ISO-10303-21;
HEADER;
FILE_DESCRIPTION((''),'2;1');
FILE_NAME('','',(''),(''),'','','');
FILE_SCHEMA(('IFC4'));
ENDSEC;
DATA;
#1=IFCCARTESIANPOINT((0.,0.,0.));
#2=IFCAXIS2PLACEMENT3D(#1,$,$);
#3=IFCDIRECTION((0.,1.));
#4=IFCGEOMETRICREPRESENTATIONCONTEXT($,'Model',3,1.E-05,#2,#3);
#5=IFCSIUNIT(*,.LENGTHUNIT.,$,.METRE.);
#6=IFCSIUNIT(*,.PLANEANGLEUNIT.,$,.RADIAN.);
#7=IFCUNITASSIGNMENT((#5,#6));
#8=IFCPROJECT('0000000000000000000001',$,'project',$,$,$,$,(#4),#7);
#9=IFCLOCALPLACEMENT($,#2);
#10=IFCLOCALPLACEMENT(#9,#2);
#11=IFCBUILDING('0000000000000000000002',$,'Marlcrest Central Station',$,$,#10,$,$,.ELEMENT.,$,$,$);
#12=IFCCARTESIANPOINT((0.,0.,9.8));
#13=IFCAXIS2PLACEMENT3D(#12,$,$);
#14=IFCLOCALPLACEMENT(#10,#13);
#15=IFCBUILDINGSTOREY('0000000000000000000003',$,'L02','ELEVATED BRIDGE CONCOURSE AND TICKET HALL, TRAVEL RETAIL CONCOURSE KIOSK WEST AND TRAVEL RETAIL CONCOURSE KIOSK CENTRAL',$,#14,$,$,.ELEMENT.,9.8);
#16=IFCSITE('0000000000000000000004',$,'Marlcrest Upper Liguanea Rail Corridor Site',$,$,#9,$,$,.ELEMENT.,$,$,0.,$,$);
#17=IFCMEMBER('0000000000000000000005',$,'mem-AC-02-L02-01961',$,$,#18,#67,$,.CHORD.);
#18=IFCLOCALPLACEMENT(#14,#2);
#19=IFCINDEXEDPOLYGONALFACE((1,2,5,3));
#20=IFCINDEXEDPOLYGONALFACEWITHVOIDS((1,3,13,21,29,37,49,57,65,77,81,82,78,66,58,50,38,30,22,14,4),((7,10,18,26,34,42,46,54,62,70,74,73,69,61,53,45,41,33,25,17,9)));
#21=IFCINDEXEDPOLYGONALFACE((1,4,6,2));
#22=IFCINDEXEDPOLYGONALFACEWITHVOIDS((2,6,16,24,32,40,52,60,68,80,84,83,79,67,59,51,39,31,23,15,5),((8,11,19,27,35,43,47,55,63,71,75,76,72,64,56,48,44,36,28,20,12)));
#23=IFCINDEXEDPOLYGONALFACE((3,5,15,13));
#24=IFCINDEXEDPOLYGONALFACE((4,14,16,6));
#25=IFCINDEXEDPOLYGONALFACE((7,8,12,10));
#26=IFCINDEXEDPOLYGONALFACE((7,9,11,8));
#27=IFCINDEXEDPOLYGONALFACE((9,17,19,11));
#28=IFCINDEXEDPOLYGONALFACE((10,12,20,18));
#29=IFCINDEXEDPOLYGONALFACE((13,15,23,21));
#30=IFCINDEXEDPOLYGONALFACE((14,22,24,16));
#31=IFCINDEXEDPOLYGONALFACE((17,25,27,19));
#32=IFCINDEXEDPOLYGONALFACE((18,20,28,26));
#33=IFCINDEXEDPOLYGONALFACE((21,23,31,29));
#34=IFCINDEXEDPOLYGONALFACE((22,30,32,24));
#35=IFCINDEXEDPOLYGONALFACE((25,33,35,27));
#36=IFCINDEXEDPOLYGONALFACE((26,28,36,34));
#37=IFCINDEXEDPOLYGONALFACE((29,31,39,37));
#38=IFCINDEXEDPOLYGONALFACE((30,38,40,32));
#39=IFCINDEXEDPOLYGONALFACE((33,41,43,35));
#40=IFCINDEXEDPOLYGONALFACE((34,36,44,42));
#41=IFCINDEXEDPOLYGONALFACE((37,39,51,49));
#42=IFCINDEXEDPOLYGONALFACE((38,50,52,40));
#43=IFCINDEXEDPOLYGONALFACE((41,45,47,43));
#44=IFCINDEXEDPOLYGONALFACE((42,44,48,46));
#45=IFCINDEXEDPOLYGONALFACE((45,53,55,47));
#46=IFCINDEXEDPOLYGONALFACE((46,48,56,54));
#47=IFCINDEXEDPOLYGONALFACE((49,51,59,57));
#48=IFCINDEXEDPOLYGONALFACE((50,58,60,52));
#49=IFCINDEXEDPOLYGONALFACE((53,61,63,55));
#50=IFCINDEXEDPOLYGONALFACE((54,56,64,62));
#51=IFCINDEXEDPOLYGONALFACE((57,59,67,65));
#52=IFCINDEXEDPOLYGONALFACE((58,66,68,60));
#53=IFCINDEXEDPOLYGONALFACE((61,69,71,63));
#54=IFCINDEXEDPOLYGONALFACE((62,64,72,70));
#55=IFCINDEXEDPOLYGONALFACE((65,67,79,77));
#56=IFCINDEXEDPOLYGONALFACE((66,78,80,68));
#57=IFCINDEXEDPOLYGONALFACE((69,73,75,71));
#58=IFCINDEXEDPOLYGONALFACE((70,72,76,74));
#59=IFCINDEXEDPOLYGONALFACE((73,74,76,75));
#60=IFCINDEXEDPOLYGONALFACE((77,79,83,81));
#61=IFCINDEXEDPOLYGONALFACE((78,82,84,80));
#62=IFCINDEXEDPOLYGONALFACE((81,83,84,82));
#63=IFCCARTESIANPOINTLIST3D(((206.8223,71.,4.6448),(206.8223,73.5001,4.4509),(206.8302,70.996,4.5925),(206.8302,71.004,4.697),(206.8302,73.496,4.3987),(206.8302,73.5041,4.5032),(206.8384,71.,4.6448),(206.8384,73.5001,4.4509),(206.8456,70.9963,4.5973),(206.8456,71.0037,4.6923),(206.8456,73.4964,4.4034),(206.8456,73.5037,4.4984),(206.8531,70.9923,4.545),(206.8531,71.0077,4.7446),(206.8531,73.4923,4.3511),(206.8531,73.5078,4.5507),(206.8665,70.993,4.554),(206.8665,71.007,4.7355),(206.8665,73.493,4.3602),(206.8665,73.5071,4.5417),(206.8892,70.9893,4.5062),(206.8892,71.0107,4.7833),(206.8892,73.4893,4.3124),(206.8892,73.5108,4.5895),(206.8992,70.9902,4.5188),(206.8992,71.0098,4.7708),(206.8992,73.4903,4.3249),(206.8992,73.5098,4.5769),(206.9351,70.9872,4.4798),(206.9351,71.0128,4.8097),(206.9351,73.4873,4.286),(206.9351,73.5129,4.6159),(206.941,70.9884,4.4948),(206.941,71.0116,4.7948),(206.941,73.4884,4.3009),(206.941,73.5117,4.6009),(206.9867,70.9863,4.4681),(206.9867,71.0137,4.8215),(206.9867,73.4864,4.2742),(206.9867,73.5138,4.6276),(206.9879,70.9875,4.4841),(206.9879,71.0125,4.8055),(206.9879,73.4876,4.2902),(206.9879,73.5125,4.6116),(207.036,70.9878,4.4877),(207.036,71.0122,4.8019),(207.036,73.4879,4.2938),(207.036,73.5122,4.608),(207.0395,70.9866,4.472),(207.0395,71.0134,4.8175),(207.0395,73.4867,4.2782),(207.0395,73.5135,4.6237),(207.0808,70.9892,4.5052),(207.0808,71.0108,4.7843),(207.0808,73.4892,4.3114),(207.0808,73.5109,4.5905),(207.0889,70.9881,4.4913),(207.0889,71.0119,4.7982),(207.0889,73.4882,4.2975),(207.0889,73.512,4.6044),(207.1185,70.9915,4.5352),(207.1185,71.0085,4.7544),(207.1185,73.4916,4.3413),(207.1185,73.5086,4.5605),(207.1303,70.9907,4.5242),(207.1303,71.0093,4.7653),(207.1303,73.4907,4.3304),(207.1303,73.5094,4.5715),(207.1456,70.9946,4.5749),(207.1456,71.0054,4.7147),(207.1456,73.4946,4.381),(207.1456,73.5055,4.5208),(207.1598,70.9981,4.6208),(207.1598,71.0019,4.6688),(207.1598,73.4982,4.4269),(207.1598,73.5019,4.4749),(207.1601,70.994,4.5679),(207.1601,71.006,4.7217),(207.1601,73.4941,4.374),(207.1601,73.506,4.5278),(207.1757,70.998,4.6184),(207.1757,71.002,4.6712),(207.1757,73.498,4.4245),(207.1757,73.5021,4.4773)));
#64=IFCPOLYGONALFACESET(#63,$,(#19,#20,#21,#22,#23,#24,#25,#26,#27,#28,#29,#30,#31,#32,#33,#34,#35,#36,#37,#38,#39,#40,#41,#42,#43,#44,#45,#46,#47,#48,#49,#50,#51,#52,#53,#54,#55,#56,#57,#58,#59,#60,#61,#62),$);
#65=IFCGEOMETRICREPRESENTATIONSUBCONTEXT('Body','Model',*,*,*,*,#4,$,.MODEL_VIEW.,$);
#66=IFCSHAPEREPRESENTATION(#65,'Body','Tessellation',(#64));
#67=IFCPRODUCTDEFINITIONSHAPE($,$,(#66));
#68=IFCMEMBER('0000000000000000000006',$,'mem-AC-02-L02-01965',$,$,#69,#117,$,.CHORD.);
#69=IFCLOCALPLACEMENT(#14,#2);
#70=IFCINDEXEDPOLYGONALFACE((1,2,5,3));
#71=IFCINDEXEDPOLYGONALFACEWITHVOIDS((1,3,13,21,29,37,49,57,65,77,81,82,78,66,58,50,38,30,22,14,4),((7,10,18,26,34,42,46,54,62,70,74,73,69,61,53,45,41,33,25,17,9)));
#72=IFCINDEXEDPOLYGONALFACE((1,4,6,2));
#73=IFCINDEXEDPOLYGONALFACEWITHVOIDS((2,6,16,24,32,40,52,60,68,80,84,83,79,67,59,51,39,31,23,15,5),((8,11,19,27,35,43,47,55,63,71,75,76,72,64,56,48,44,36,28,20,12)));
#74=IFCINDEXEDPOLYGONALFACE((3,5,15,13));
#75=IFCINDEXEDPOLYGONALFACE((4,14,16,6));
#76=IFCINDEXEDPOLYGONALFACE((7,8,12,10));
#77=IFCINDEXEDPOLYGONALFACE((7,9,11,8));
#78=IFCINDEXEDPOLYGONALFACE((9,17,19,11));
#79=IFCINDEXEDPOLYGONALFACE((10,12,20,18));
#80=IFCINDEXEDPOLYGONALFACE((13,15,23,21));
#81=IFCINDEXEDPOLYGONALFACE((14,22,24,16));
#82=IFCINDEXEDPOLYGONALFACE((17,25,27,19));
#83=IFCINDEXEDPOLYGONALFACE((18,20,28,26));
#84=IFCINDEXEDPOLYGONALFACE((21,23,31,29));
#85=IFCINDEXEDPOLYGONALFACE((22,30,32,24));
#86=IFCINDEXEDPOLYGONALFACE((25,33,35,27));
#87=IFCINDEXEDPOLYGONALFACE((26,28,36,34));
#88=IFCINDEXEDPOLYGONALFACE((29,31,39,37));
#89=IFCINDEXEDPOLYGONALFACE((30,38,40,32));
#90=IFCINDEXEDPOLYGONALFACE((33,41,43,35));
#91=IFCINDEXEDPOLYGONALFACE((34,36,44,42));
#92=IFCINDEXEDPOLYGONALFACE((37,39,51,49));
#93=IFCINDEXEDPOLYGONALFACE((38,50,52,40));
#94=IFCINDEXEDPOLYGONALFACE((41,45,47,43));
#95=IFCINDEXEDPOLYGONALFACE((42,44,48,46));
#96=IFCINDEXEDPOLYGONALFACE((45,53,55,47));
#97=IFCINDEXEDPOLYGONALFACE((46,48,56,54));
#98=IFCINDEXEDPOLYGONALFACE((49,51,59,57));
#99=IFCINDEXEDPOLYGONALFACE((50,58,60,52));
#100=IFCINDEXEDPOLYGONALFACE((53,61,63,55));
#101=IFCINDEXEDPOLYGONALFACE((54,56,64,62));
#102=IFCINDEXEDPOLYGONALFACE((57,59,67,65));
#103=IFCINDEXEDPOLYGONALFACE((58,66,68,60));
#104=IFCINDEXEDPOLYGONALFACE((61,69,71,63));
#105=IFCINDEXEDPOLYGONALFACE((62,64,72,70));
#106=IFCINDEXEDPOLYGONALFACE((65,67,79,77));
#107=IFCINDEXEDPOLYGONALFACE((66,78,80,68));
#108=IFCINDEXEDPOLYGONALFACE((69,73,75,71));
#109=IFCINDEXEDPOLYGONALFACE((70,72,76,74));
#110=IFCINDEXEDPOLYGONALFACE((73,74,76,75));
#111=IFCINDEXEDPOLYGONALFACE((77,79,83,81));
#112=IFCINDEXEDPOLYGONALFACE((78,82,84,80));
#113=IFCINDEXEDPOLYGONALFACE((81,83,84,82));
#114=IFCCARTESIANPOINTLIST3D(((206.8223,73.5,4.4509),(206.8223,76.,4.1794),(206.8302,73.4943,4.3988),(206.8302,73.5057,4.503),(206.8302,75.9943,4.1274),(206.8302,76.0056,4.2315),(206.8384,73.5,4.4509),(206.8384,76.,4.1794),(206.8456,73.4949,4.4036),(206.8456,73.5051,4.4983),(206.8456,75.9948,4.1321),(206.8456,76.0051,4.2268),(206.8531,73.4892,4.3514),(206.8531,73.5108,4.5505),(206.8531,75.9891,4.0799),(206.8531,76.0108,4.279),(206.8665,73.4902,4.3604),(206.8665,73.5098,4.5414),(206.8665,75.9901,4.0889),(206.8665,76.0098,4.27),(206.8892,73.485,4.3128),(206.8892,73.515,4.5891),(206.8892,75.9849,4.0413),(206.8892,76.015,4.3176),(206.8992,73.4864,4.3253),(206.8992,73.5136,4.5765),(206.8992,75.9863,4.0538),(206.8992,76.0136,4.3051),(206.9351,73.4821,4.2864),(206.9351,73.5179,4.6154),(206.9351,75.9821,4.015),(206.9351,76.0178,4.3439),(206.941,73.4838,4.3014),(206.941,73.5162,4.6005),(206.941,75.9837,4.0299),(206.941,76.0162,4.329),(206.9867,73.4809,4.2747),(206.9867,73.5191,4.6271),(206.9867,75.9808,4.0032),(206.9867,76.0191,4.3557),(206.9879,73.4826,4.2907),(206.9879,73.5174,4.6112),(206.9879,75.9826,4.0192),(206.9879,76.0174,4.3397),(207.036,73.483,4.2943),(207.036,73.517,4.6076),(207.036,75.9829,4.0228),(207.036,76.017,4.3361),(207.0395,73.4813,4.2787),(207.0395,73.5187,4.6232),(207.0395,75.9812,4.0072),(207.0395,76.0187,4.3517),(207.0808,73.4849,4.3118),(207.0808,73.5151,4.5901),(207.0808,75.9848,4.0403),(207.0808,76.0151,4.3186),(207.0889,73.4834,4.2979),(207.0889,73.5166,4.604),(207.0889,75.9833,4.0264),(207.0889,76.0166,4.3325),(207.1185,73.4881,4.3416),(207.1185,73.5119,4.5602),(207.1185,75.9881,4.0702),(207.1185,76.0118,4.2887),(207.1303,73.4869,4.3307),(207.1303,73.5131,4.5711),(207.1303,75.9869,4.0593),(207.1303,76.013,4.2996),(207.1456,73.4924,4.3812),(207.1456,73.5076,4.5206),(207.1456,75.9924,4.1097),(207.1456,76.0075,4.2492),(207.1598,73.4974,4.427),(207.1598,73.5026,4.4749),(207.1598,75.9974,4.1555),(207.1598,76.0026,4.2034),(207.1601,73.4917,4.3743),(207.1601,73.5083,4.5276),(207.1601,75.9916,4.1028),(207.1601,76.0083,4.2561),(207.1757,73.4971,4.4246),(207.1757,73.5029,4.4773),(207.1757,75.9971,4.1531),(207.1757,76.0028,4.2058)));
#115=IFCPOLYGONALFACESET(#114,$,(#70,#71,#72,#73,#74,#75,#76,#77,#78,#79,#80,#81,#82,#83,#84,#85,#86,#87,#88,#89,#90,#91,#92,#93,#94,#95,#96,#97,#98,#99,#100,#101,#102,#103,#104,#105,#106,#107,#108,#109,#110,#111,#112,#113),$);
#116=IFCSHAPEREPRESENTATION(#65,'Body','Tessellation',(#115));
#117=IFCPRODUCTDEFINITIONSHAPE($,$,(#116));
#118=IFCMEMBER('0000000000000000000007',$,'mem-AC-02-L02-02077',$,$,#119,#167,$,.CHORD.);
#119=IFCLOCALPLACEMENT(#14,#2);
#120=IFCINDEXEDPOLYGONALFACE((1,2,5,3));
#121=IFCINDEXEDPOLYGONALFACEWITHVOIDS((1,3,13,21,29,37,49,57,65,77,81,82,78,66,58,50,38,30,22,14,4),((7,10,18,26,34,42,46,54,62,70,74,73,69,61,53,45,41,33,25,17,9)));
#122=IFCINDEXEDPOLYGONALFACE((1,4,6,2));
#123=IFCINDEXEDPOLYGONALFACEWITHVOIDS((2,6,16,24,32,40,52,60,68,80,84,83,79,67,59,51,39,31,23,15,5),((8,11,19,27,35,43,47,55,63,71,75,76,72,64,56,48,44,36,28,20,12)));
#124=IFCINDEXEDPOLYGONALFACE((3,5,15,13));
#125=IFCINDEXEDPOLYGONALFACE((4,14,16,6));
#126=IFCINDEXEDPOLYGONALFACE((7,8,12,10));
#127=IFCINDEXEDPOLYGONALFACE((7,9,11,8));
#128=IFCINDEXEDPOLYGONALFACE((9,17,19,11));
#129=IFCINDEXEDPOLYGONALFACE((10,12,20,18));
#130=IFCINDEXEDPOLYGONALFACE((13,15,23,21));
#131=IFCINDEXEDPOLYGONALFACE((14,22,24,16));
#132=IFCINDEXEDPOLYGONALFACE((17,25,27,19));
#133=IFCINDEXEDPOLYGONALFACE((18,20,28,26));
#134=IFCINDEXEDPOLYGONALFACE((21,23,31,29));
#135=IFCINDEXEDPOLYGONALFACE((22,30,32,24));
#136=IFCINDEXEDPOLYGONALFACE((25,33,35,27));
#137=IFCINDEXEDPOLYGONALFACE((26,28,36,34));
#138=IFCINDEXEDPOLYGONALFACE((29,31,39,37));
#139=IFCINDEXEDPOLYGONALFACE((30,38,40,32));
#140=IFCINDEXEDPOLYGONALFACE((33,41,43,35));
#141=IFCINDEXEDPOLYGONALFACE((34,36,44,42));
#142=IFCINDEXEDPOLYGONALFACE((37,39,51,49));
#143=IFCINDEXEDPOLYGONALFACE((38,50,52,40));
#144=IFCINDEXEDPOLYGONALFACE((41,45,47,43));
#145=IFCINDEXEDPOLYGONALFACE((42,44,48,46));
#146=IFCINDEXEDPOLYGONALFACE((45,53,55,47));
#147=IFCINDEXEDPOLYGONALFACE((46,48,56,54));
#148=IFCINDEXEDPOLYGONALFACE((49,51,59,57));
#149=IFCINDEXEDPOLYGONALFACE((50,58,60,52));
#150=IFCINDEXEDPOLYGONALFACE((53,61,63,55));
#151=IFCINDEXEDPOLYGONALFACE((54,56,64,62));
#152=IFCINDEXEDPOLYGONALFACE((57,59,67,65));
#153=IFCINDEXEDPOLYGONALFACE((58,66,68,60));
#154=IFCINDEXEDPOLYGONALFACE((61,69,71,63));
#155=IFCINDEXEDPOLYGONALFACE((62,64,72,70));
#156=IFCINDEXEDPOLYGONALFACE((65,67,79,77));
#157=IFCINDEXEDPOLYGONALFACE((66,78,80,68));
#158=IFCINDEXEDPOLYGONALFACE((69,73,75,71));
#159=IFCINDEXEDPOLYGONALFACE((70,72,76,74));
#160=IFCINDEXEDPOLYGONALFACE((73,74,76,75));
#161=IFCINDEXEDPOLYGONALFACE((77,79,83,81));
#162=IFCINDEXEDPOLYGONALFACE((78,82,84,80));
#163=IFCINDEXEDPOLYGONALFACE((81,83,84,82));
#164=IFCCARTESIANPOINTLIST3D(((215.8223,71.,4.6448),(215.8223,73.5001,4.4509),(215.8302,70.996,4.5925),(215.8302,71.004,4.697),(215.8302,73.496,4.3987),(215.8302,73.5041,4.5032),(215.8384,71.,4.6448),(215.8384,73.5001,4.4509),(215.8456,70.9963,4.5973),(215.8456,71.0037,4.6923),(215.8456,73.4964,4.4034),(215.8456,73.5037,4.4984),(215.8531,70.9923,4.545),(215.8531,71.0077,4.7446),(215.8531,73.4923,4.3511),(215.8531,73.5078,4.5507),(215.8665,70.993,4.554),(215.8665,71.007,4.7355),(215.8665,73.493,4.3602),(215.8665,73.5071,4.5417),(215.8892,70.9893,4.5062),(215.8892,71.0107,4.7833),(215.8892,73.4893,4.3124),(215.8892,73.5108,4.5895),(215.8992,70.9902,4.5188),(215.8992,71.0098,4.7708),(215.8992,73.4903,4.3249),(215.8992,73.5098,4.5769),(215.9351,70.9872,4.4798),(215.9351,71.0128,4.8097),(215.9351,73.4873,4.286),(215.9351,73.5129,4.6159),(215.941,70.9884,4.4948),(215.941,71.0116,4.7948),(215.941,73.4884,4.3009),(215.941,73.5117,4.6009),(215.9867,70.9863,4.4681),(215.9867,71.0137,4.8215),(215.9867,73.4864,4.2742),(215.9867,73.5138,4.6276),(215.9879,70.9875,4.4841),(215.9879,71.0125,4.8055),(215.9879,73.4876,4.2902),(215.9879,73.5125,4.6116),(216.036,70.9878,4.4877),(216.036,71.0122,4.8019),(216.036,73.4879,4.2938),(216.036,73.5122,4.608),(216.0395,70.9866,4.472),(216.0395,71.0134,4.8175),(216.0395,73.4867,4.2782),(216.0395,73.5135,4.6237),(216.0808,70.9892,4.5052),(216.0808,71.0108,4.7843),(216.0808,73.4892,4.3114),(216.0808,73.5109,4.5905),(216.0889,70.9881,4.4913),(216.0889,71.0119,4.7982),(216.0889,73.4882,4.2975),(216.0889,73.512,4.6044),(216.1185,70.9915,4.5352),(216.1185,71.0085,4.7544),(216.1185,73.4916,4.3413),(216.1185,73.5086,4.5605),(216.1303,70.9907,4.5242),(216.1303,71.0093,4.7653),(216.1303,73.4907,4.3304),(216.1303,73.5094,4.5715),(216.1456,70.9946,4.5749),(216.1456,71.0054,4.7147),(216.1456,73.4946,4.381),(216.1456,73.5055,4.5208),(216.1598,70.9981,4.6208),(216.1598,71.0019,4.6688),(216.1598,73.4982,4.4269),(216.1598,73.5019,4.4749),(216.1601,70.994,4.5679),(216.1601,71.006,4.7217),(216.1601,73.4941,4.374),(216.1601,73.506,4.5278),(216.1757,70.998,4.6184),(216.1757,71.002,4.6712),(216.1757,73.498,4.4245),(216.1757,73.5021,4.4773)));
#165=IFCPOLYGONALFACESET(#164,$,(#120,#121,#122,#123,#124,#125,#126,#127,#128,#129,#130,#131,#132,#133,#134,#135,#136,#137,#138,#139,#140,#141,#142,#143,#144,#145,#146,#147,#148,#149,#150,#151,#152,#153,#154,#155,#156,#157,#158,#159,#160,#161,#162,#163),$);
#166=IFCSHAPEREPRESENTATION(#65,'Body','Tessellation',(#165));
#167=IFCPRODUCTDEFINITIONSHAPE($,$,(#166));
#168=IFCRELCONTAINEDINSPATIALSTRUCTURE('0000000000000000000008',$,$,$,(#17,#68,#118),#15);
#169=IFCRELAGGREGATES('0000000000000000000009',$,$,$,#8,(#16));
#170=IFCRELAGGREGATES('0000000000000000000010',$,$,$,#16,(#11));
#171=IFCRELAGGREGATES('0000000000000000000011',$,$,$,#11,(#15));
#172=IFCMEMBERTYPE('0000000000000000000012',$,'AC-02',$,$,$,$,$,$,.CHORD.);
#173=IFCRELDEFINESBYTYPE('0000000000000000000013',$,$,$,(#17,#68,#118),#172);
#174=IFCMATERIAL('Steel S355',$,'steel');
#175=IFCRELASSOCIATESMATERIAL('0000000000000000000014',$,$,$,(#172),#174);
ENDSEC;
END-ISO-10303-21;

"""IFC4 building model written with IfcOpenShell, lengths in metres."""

from ifc_helpers import new_model, si_unit, direction, frame, origin, origin_2d, place, context, subcontext, project, spatial, hollow_circle, extrude, material, material_profile, profile_set, type_object, element, save


model = new_model("IFC4")

# Units and contexts
model_context = context("Model", 3, precision=1e-05, world=origin(), true_north=direction((0.0, 1.0)))
body_context = subcontext(model_context, "Body", "Model", "MODEL_VIEW")
ifc_project = project(units=[si_unit("LENGTHUNIT", "METRE"), si_unit("PLANEANGLEUNIT", "RADIAN")], contexts=[model_context])

# Site, building, storey
site_placement = place(None, origin())
site = spatial("IfcSite", under=ifc_project, at=site_placement, Name="Marlcrest Upper Liguanea Rail Corridor Site", CompositionType="ELEMENT", RefElevation=0.0)
building_placement = place(site_placement, origin())
building = spatial("IfcBuilding", under=site, at=building_placement, Name="Marlcrest Central Station", CompositionType="ELEMENT")
storey_placement = place(building_placement, frame((0.0, 0.0, 9.8)))
storey = spatial("IfcBuildingStorey", under=building, at=storey_placement, Name="L02", Description="ELEVATED BRIDGE CONCOURSE AND TICKET HALL, TRAVEL RETAIL CONCOURSE KIOSK WEST AND TRAVEL RETAIL CONCOURSE KIOSK CENTRAL", CompositionType="ELEMENT", Elevation=9.8)

# Members
ifc_material = material(Name="Steel S355", Category="steel")
ifc_material_profile_1 = material_profile(ifc_material, hollow_circle(Radius=0.1777, WallThickness=0.0161, at=origin_2d()), Name="CHS 355.6x16")
ifc_profile_set_1 = profile_set([ifc_material_profile_1], Name="Steel S355")
member_type_1 = type_object("IfcMemberType", Name="AC-02", PredefinedType="CHORD", material=ifc_profile_set_1)
member_1_placement = place(storey_placement, frame((207.0, 71.0, 4.6448), z_axis=(0.0, 0.997007, -0.077307), x_axis=(-1.0, 0.0, 0.0)))
element("IfcMember", 1, at=member_1_placement, inside=storey, type_object=member_type_1, Name="mem-AC-02-L02-01961", PredefinedType="CHORD", context=body_context, shape_type="SweptSolid", body=[
    extrude(hollow_circle(Radius=0.1777, WallThickness=0.0161, at=origin_2d()), origin(), (0.0, 0.0, 1.0), 2.5076),
])
member_2_placement = place(storey_placement, frame((207.0, 73.5, 4.4509), z_axis=(0.0, 0.994155, -0.107959), x_axis=(-1.0, 0.0, 0.0)))
element("IfcMember", 2, at=member_2_placement, inside=storey, type_object=member_type_1, Name="mem-AC-02-L02-01965", PredefinedType="CHORD", context=body_context, shape_type="SweptSolid", body=[
    extrude(hollow_circle(Radius=0.1777, WallThickness=0.0161, at=origin_2d()), origin(), (0.0, 0.0, 1.0), 2.5146),
])
member_3_placement = place(storey_placement, frame((216.0, 71.0, 4.6448), z_axis=(0.0, 0.997007, -0.077307), x_axis=(-1.0, 0.0, 0.0)))
element("IfcMember", 3, at=member_3_placement, inside=storey, type_object=member_type_1, Name="mem-AC-02-L02-02077", PredefinedType="CHORD", context=body_context, shape_type="SweptSolid", body=[
    extrude(hollow_circle(Radius=0.1777, WallThickness=0.0161, at=origin_2d()), origin(), (0.0, 0.0, 1.0), 2.5076),
])

save(model, "model.ifc")
